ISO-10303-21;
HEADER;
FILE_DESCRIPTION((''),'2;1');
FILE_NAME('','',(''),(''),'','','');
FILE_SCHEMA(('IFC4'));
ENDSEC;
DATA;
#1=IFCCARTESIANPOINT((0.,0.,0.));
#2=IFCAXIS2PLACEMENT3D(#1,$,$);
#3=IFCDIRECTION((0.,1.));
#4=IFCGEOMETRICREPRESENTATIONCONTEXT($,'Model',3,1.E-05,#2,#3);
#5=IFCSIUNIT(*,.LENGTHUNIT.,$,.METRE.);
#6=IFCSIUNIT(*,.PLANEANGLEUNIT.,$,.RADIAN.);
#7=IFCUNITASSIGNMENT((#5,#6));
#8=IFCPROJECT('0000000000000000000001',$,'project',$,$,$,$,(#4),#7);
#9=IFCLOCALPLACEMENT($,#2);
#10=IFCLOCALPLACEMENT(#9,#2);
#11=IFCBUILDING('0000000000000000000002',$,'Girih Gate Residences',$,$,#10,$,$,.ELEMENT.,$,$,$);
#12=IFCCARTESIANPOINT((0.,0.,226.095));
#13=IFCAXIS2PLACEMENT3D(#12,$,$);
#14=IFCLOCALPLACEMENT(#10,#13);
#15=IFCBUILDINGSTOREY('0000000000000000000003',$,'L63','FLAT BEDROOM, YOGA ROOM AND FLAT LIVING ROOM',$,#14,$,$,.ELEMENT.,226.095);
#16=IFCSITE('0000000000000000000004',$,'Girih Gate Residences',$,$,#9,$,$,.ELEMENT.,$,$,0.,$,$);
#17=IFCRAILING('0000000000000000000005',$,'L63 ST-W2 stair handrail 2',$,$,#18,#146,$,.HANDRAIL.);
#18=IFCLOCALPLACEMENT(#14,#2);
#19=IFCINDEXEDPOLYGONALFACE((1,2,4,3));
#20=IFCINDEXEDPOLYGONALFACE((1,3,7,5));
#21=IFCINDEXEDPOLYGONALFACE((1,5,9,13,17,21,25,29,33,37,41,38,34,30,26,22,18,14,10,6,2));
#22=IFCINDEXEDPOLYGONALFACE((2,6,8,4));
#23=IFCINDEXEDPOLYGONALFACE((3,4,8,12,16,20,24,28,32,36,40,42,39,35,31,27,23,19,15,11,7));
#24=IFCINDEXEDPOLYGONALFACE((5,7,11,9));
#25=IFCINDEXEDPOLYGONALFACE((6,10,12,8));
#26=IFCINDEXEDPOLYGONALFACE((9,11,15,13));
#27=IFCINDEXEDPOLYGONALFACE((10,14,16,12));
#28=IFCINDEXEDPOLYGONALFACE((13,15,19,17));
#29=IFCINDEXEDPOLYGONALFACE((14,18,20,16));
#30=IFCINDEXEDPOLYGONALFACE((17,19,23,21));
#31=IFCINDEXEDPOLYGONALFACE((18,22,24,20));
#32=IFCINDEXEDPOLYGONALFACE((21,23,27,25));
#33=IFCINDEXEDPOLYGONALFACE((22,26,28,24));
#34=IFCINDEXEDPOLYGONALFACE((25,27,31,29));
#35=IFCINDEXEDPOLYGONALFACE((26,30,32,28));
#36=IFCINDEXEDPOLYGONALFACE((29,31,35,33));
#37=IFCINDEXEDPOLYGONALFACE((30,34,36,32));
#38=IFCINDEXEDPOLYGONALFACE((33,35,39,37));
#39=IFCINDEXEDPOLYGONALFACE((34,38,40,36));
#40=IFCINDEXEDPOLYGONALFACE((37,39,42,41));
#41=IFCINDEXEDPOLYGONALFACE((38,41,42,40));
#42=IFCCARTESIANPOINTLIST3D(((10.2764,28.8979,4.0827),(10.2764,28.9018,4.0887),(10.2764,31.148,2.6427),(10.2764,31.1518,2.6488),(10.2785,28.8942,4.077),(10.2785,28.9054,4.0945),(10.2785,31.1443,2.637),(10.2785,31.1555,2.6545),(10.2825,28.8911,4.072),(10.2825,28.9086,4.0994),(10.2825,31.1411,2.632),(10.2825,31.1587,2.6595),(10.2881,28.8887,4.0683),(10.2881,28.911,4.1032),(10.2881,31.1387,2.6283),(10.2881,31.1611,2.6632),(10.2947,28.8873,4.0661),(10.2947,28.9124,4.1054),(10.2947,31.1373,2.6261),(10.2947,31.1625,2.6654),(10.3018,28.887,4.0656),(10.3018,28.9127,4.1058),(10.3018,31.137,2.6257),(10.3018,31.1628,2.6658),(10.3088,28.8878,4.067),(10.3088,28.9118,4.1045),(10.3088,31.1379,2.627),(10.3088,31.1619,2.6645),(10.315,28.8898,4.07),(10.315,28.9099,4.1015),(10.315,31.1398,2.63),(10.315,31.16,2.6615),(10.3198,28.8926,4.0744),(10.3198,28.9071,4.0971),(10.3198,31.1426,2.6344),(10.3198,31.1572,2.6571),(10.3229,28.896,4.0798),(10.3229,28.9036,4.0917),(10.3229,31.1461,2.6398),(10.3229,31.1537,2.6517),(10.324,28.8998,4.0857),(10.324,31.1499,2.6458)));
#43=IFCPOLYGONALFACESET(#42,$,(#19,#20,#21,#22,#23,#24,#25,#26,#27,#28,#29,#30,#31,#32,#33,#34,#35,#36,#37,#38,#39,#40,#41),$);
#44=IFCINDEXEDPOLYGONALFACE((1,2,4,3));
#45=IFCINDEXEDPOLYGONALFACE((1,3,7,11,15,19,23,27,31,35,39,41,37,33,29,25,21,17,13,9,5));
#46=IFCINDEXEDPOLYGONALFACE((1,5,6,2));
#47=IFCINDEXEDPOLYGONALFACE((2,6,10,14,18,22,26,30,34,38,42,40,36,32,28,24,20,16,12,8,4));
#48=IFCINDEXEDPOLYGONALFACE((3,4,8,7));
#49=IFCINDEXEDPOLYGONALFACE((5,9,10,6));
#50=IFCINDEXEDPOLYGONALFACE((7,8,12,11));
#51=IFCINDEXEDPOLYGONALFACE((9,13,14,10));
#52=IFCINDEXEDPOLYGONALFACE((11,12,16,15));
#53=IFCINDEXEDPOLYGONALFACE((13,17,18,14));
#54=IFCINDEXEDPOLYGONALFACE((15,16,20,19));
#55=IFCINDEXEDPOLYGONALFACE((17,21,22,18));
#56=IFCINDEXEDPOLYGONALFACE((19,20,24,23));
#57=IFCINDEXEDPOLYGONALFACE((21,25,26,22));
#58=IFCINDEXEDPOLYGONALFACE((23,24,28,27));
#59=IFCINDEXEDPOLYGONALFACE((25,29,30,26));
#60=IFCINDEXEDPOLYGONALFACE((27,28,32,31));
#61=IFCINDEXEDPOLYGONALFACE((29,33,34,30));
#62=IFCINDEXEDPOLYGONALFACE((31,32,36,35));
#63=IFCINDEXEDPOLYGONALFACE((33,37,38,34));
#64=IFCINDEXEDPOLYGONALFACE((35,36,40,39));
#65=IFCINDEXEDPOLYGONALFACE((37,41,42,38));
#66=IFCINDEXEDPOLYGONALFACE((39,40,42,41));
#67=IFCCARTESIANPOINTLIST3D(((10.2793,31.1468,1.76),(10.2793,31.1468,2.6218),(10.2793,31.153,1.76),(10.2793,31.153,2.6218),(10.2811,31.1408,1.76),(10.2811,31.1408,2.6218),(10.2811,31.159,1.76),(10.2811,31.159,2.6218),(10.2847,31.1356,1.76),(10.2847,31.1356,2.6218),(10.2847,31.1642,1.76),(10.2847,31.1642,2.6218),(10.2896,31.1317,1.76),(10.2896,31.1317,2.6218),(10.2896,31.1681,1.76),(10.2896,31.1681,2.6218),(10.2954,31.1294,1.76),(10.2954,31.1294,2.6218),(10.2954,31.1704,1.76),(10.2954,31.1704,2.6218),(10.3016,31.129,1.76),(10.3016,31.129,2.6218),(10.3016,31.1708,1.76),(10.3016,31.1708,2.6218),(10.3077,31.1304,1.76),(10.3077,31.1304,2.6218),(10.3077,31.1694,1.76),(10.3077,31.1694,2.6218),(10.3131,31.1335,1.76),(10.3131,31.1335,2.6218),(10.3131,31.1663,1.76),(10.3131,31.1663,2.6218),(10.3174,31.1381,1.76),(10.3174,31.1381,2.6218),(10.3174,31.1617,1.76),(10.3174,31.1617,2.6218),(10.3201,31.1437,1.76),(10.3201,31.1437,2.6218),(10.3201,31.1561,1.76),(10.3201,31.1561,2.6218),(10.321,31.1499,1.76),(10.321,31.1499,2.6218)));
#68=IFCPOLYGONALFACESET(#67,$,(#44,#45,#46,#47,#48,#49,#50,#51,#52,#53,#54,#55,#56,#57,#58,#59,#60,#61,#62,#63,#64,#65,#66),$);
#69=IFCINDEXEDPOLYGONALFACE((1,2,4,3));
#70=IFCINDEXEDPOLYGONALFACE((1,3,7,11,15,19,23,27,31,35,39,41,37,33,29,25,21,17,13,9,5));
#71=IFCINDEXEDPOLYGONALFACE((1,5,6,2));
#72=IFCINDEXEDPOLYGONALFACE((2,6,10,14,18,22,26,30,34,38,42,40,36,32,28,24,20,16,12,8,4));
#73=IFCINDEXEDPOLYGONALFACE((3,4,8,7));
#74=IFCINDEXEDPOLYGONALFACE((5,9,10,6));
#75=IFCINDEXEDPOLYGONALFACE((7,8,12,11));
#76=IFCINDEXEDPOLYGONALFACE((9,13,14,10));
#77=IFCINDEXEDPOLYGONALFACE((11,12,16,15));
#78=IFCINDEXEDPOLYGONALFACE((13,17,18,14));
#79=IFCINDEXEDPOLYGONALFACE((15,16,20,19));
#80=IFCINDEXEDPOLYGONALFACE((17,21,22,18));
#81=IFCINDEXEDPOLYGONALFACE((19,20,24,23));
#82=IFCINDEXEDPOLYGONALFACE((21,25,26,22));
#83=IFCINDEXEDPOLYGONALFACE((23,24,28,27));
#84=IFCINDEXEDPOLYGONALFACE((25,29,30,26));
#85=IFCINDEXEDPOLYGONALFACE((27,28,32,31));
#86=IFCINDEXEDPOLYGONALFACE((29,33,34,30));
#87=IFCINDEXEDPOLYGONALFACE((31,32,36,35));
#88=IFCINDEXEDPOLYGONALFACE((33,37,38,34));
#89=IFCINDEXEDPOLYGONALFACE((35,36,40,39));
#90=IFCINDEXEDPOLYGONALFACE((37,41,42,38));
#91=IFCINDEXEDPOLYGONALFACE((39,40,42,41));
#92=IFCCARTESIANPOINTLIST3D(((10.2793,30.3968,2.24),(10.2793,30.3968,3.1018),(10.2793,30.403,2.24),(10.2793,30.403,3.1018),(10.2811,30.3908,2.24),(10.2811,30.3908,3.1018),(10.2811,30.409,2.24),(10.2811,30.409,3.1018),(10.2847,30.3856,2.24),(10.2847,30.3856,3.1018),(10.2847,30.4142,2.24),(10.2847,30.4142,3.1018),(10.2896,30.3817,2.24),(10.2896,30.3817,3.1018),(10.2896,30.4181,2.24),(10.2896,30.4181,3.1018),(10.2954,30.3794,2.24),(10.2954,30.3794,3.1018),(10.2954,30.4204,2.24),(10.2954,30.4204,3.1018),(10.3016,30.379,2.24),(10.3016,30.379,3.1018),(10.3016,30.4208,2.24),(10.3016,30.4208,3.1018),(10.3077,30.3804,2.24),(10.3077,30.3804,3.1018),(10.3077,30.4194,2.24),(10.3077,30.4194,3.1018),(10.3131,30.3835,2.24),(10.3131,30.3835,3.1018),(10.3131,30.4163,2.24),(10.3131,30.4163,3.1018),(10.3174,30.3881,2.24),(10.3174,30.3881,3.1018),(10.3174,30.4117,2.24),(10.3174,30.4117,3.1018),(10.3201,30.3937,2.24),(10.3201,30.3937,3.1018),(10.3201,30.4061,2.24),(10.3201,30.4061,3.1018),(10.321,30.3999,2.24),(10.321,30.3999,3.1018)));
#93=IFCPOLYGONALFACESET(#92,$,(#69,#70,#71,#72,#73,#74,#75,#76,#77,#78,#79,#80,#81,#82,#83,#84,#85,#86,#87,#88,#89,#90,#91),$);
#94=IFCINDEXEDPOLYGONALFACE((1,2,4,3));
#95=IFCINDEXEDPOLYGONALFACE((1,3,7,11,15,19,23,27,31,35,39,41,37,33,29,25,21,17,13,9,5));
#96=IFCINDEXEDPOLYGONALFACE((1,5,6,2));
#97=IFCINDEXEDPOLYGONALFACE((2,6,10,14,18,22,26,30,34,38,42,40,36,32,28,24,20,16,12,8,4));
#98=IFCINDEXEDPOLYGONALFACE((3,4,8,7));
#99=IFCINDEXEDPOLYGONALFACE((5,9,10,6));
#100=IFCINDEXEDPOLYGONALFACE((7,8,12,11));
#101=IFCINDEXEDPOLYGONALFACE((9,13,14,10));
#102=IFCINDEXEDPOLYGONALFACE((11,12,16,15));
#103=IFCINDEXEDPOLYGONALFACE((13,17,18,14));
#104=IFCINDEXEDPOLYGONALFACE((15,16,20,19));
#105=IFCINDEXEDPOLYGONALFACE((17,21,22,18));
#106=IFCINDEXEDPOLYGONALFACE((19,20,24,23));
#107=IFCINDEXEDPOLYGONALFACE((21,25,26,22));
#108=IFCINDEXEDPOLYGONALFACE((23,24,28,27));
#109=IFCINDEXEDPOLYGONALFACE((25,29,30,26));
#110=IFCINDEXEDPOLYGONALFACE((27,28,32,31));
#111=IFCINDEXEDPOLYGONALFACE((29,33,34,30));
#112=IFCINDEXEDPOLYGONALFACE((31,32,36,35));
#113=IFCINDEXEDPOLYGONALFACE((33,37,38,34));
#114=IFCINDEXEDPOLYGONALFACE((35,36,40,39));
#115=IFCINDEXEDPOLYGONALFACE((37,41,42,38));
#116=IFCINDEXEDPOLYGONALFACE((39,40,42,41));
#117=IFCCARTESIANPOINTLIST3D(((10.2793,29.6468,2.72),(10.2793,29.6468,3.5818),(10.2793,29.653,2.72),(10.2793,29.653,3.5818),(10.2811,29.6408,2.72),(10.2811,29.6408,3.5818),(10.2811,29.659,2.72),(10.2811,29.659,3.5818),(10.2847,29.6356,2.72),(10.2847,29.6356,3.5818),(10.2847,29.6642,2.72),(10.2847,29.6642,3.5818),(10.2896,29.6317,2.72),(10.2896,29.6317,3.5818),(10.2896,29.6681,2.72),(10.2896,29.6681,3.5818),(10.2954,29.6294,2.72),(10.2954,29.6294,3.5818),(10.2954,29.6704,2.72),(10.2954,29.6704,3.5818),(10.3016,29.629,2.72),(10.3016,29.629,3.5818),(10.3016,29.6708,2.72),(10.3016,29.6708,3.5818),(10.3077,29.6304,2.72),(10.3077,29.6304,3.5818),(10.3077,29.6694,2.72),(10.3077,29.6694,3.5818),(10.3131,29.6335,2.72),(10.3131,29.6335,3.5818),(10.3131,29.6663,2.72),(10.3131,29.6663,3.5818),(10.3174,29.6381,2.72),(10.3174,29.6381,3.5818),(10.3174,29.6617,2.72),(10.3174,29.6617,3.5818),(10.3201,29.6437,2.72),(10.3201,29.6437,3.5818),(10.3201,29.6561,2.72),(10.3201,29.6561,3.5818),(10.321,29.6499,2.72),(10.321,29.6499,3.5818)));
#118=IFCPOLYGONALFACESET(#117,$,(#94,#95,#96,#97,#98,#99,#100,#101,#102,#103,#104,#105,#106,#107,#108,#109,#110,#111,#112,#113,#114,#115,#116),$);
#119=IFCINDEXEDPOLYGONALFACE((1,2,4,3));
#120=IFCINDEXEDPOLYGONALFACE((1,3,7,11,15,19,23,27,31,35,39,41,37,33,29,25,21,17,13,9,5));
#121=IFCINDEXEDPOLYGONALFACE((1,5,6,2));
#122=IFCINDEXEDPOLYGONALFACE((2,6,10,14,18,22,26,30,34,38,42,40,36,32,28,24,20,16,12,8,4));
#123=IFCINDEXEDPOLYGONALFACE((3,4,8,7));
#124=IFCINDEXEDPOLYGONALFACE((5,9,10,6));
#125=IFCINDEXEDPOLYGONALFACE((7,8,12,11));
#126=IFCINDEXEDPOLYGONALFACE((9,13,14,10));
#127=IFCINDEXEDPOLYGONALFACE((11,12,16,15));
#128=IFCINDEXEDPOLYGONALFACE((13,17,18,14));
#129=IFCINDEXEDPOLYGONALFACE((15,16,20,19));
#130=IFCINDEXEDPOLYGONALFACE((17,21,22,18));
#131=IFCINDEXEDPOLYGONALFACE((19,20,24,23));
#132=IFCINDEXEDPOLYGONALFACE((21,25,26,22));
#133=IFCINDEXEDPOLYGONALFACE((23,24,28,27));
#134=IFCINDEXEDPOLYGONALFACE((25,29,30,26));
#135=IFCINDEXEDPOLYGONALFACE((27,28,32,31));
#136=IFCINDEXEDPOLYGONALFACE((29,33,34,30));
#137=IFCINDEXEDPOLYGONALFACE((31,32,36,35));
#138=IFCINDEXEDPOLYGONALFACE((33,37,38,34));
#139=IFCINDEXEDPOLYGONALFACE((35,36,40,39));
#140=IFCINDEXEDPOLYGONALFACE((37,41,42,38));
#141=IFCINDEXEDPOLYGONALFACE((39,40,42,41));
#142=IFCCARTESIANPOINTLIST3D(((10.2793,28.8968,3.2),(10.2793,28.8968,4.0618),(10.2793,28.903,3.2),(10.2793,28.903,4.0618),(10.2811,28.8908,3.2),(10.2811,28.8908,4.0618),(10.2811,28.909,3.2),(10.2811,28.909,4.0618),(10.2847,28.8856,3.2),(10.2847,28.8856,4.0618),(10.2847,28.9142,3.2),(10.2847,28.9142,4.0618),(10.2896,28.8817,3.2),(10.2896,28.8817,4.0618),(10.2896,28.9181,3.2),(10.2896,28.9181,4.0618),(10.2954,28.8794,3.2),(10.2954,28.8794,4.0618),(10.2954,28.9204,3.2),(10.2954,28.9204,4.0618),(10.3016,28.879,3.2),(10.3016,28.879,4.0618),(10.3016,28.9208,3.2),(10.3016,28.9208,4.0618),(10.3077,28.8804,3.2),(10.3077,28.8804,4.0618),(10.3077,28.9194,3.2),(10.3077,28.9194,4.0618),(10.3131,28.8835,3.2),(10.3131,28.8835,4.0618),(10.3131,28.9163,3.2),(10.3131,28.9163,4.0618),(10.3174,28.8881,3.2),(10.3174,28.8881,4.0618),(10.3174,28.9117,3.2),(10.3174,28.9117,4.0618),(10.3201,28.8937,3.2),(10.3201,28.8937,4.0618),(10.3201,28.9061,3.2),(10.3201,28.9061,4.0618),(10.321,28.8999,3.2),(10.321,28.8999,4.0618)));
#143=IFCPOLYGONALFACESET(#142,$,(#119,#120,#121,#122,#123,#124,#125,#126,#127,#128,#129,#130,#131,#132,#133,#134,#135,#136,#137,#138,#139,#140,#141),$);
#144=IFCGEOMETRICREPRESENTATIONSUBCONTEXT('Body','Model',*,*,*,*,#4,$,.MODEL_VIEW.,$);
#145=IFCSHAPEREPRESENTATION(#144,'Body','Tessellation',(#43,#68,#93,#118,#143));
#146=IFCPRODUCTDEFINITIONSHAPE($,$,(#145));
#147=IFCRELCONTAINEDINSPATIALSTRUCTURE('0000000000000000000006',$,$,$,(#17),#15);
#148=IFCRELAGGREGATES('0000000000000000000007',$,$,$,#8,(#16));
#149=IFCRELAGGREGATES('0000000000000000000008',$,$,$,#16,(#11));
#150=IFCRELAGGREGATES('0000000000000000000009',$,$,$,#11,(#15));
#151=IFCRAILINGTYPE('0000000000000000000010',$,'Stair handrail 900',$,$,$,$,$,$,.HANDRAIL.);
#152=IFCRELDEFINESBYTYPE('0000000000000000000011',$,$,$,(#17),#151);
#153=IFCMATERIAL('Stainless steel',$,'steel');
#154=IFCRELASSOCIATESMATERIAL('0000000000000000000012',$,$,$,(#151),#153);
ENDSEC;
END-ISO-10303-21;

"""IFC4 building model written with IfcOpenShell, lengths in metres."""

from ifc_helpers import new_model, si_unit, direction, frame, origin, origin_2d, place, context, subcontext, project, spatial, circle, extrude, material, type_object, element, save


model = new_model("IFC4")

# Units and contexts
model_context = context("Model", 3, precision=1e-05, world=origin(), true_north=direction((0.0, 1.0)))
body_context = subcontext(model_context, "Body", "Model", "MODEL_VIEW")
ifc_project = project(units=[si_unit("LENGTHUNIT", "METRE"), si_unit("PLANEANGLEUNIT", "RADIAN")], contexts=[model_context])

# Site, building, storey
site_placement = place(None, origin())
site = spatial("IfcSite", under=ifc_project, at=site_placement, Name="Girih Gate Residences", CompositionType="ELEMENT", RefElevation=0.0)
building_placement = place(site_placement, origin())
building = spatial("IfcBuilding", under=site, at=building_placement, Name="Girih Gate Residences", CompositionType="ELEMENT")
storey_placement = place(building_placement, frame((0.0, 0.0, 226.095)))
storey = spatial("IfcBuildingStorey", under=building, at=storey_placement, Name="L63", Description="FLAT BEDROOM, YOGA ROOM AND FLAT LIVING ROOM", CompositionType="ELEMENT", Elevation=226.095)

# Shared definitions
ifc_material_1 = material(Name="Stainless steel", Category="steel")

# Railing
railing_type_1 = type_object("IfcRailingType", Name="Stair handrail 900", PredefinedType="HANDRAIL", material=ifc_material_1)
railing_1_placement = place(storey_placement, frame((10.3, 31.1499, 1.76)))
element("IfcRailing", 1, at=railing_1_placement, inside=storey, type_object=railing_type_1, Name="L63 ST-W2 stair handrail 2", PredefinedType="HANDRAIL", context=body_context, shape_type="SweptSolid", body=[
    extrude(circle(Radius=0.0239, at=origin_2d()), frame((0.0, 0.0, 0.8857), z_axis=(0.0, -0.842281, 0.539038), x_axis=(1.0, 0.0, 0.0)), (0.0, 0.0, 1.0), 2.6714),
    extrude(circle(Radius=0.021, at=origin_2d()), origin(), (0.0, 0.0, 1.0), 0.8618),
    extrude(circle(Radius=0.021, at=origin_2d()), frame((0.0, -0.75, 0.48)), (0.0, 0.0, 1.0), 0.8618),
    extrude(circle(Radius=0.021, at=origin_2d()), frame((0.0, -1.5, 0.96)), (0.0, 0.0, 1.0), 0.8618),
    extrude(circle(Radius=0.021, at=origin_2d()), frame((0.0, -2.25, 1.4399)), (0.0, 0.0, 1.0), 0.8618),
])

save(model, "model.ifc")
